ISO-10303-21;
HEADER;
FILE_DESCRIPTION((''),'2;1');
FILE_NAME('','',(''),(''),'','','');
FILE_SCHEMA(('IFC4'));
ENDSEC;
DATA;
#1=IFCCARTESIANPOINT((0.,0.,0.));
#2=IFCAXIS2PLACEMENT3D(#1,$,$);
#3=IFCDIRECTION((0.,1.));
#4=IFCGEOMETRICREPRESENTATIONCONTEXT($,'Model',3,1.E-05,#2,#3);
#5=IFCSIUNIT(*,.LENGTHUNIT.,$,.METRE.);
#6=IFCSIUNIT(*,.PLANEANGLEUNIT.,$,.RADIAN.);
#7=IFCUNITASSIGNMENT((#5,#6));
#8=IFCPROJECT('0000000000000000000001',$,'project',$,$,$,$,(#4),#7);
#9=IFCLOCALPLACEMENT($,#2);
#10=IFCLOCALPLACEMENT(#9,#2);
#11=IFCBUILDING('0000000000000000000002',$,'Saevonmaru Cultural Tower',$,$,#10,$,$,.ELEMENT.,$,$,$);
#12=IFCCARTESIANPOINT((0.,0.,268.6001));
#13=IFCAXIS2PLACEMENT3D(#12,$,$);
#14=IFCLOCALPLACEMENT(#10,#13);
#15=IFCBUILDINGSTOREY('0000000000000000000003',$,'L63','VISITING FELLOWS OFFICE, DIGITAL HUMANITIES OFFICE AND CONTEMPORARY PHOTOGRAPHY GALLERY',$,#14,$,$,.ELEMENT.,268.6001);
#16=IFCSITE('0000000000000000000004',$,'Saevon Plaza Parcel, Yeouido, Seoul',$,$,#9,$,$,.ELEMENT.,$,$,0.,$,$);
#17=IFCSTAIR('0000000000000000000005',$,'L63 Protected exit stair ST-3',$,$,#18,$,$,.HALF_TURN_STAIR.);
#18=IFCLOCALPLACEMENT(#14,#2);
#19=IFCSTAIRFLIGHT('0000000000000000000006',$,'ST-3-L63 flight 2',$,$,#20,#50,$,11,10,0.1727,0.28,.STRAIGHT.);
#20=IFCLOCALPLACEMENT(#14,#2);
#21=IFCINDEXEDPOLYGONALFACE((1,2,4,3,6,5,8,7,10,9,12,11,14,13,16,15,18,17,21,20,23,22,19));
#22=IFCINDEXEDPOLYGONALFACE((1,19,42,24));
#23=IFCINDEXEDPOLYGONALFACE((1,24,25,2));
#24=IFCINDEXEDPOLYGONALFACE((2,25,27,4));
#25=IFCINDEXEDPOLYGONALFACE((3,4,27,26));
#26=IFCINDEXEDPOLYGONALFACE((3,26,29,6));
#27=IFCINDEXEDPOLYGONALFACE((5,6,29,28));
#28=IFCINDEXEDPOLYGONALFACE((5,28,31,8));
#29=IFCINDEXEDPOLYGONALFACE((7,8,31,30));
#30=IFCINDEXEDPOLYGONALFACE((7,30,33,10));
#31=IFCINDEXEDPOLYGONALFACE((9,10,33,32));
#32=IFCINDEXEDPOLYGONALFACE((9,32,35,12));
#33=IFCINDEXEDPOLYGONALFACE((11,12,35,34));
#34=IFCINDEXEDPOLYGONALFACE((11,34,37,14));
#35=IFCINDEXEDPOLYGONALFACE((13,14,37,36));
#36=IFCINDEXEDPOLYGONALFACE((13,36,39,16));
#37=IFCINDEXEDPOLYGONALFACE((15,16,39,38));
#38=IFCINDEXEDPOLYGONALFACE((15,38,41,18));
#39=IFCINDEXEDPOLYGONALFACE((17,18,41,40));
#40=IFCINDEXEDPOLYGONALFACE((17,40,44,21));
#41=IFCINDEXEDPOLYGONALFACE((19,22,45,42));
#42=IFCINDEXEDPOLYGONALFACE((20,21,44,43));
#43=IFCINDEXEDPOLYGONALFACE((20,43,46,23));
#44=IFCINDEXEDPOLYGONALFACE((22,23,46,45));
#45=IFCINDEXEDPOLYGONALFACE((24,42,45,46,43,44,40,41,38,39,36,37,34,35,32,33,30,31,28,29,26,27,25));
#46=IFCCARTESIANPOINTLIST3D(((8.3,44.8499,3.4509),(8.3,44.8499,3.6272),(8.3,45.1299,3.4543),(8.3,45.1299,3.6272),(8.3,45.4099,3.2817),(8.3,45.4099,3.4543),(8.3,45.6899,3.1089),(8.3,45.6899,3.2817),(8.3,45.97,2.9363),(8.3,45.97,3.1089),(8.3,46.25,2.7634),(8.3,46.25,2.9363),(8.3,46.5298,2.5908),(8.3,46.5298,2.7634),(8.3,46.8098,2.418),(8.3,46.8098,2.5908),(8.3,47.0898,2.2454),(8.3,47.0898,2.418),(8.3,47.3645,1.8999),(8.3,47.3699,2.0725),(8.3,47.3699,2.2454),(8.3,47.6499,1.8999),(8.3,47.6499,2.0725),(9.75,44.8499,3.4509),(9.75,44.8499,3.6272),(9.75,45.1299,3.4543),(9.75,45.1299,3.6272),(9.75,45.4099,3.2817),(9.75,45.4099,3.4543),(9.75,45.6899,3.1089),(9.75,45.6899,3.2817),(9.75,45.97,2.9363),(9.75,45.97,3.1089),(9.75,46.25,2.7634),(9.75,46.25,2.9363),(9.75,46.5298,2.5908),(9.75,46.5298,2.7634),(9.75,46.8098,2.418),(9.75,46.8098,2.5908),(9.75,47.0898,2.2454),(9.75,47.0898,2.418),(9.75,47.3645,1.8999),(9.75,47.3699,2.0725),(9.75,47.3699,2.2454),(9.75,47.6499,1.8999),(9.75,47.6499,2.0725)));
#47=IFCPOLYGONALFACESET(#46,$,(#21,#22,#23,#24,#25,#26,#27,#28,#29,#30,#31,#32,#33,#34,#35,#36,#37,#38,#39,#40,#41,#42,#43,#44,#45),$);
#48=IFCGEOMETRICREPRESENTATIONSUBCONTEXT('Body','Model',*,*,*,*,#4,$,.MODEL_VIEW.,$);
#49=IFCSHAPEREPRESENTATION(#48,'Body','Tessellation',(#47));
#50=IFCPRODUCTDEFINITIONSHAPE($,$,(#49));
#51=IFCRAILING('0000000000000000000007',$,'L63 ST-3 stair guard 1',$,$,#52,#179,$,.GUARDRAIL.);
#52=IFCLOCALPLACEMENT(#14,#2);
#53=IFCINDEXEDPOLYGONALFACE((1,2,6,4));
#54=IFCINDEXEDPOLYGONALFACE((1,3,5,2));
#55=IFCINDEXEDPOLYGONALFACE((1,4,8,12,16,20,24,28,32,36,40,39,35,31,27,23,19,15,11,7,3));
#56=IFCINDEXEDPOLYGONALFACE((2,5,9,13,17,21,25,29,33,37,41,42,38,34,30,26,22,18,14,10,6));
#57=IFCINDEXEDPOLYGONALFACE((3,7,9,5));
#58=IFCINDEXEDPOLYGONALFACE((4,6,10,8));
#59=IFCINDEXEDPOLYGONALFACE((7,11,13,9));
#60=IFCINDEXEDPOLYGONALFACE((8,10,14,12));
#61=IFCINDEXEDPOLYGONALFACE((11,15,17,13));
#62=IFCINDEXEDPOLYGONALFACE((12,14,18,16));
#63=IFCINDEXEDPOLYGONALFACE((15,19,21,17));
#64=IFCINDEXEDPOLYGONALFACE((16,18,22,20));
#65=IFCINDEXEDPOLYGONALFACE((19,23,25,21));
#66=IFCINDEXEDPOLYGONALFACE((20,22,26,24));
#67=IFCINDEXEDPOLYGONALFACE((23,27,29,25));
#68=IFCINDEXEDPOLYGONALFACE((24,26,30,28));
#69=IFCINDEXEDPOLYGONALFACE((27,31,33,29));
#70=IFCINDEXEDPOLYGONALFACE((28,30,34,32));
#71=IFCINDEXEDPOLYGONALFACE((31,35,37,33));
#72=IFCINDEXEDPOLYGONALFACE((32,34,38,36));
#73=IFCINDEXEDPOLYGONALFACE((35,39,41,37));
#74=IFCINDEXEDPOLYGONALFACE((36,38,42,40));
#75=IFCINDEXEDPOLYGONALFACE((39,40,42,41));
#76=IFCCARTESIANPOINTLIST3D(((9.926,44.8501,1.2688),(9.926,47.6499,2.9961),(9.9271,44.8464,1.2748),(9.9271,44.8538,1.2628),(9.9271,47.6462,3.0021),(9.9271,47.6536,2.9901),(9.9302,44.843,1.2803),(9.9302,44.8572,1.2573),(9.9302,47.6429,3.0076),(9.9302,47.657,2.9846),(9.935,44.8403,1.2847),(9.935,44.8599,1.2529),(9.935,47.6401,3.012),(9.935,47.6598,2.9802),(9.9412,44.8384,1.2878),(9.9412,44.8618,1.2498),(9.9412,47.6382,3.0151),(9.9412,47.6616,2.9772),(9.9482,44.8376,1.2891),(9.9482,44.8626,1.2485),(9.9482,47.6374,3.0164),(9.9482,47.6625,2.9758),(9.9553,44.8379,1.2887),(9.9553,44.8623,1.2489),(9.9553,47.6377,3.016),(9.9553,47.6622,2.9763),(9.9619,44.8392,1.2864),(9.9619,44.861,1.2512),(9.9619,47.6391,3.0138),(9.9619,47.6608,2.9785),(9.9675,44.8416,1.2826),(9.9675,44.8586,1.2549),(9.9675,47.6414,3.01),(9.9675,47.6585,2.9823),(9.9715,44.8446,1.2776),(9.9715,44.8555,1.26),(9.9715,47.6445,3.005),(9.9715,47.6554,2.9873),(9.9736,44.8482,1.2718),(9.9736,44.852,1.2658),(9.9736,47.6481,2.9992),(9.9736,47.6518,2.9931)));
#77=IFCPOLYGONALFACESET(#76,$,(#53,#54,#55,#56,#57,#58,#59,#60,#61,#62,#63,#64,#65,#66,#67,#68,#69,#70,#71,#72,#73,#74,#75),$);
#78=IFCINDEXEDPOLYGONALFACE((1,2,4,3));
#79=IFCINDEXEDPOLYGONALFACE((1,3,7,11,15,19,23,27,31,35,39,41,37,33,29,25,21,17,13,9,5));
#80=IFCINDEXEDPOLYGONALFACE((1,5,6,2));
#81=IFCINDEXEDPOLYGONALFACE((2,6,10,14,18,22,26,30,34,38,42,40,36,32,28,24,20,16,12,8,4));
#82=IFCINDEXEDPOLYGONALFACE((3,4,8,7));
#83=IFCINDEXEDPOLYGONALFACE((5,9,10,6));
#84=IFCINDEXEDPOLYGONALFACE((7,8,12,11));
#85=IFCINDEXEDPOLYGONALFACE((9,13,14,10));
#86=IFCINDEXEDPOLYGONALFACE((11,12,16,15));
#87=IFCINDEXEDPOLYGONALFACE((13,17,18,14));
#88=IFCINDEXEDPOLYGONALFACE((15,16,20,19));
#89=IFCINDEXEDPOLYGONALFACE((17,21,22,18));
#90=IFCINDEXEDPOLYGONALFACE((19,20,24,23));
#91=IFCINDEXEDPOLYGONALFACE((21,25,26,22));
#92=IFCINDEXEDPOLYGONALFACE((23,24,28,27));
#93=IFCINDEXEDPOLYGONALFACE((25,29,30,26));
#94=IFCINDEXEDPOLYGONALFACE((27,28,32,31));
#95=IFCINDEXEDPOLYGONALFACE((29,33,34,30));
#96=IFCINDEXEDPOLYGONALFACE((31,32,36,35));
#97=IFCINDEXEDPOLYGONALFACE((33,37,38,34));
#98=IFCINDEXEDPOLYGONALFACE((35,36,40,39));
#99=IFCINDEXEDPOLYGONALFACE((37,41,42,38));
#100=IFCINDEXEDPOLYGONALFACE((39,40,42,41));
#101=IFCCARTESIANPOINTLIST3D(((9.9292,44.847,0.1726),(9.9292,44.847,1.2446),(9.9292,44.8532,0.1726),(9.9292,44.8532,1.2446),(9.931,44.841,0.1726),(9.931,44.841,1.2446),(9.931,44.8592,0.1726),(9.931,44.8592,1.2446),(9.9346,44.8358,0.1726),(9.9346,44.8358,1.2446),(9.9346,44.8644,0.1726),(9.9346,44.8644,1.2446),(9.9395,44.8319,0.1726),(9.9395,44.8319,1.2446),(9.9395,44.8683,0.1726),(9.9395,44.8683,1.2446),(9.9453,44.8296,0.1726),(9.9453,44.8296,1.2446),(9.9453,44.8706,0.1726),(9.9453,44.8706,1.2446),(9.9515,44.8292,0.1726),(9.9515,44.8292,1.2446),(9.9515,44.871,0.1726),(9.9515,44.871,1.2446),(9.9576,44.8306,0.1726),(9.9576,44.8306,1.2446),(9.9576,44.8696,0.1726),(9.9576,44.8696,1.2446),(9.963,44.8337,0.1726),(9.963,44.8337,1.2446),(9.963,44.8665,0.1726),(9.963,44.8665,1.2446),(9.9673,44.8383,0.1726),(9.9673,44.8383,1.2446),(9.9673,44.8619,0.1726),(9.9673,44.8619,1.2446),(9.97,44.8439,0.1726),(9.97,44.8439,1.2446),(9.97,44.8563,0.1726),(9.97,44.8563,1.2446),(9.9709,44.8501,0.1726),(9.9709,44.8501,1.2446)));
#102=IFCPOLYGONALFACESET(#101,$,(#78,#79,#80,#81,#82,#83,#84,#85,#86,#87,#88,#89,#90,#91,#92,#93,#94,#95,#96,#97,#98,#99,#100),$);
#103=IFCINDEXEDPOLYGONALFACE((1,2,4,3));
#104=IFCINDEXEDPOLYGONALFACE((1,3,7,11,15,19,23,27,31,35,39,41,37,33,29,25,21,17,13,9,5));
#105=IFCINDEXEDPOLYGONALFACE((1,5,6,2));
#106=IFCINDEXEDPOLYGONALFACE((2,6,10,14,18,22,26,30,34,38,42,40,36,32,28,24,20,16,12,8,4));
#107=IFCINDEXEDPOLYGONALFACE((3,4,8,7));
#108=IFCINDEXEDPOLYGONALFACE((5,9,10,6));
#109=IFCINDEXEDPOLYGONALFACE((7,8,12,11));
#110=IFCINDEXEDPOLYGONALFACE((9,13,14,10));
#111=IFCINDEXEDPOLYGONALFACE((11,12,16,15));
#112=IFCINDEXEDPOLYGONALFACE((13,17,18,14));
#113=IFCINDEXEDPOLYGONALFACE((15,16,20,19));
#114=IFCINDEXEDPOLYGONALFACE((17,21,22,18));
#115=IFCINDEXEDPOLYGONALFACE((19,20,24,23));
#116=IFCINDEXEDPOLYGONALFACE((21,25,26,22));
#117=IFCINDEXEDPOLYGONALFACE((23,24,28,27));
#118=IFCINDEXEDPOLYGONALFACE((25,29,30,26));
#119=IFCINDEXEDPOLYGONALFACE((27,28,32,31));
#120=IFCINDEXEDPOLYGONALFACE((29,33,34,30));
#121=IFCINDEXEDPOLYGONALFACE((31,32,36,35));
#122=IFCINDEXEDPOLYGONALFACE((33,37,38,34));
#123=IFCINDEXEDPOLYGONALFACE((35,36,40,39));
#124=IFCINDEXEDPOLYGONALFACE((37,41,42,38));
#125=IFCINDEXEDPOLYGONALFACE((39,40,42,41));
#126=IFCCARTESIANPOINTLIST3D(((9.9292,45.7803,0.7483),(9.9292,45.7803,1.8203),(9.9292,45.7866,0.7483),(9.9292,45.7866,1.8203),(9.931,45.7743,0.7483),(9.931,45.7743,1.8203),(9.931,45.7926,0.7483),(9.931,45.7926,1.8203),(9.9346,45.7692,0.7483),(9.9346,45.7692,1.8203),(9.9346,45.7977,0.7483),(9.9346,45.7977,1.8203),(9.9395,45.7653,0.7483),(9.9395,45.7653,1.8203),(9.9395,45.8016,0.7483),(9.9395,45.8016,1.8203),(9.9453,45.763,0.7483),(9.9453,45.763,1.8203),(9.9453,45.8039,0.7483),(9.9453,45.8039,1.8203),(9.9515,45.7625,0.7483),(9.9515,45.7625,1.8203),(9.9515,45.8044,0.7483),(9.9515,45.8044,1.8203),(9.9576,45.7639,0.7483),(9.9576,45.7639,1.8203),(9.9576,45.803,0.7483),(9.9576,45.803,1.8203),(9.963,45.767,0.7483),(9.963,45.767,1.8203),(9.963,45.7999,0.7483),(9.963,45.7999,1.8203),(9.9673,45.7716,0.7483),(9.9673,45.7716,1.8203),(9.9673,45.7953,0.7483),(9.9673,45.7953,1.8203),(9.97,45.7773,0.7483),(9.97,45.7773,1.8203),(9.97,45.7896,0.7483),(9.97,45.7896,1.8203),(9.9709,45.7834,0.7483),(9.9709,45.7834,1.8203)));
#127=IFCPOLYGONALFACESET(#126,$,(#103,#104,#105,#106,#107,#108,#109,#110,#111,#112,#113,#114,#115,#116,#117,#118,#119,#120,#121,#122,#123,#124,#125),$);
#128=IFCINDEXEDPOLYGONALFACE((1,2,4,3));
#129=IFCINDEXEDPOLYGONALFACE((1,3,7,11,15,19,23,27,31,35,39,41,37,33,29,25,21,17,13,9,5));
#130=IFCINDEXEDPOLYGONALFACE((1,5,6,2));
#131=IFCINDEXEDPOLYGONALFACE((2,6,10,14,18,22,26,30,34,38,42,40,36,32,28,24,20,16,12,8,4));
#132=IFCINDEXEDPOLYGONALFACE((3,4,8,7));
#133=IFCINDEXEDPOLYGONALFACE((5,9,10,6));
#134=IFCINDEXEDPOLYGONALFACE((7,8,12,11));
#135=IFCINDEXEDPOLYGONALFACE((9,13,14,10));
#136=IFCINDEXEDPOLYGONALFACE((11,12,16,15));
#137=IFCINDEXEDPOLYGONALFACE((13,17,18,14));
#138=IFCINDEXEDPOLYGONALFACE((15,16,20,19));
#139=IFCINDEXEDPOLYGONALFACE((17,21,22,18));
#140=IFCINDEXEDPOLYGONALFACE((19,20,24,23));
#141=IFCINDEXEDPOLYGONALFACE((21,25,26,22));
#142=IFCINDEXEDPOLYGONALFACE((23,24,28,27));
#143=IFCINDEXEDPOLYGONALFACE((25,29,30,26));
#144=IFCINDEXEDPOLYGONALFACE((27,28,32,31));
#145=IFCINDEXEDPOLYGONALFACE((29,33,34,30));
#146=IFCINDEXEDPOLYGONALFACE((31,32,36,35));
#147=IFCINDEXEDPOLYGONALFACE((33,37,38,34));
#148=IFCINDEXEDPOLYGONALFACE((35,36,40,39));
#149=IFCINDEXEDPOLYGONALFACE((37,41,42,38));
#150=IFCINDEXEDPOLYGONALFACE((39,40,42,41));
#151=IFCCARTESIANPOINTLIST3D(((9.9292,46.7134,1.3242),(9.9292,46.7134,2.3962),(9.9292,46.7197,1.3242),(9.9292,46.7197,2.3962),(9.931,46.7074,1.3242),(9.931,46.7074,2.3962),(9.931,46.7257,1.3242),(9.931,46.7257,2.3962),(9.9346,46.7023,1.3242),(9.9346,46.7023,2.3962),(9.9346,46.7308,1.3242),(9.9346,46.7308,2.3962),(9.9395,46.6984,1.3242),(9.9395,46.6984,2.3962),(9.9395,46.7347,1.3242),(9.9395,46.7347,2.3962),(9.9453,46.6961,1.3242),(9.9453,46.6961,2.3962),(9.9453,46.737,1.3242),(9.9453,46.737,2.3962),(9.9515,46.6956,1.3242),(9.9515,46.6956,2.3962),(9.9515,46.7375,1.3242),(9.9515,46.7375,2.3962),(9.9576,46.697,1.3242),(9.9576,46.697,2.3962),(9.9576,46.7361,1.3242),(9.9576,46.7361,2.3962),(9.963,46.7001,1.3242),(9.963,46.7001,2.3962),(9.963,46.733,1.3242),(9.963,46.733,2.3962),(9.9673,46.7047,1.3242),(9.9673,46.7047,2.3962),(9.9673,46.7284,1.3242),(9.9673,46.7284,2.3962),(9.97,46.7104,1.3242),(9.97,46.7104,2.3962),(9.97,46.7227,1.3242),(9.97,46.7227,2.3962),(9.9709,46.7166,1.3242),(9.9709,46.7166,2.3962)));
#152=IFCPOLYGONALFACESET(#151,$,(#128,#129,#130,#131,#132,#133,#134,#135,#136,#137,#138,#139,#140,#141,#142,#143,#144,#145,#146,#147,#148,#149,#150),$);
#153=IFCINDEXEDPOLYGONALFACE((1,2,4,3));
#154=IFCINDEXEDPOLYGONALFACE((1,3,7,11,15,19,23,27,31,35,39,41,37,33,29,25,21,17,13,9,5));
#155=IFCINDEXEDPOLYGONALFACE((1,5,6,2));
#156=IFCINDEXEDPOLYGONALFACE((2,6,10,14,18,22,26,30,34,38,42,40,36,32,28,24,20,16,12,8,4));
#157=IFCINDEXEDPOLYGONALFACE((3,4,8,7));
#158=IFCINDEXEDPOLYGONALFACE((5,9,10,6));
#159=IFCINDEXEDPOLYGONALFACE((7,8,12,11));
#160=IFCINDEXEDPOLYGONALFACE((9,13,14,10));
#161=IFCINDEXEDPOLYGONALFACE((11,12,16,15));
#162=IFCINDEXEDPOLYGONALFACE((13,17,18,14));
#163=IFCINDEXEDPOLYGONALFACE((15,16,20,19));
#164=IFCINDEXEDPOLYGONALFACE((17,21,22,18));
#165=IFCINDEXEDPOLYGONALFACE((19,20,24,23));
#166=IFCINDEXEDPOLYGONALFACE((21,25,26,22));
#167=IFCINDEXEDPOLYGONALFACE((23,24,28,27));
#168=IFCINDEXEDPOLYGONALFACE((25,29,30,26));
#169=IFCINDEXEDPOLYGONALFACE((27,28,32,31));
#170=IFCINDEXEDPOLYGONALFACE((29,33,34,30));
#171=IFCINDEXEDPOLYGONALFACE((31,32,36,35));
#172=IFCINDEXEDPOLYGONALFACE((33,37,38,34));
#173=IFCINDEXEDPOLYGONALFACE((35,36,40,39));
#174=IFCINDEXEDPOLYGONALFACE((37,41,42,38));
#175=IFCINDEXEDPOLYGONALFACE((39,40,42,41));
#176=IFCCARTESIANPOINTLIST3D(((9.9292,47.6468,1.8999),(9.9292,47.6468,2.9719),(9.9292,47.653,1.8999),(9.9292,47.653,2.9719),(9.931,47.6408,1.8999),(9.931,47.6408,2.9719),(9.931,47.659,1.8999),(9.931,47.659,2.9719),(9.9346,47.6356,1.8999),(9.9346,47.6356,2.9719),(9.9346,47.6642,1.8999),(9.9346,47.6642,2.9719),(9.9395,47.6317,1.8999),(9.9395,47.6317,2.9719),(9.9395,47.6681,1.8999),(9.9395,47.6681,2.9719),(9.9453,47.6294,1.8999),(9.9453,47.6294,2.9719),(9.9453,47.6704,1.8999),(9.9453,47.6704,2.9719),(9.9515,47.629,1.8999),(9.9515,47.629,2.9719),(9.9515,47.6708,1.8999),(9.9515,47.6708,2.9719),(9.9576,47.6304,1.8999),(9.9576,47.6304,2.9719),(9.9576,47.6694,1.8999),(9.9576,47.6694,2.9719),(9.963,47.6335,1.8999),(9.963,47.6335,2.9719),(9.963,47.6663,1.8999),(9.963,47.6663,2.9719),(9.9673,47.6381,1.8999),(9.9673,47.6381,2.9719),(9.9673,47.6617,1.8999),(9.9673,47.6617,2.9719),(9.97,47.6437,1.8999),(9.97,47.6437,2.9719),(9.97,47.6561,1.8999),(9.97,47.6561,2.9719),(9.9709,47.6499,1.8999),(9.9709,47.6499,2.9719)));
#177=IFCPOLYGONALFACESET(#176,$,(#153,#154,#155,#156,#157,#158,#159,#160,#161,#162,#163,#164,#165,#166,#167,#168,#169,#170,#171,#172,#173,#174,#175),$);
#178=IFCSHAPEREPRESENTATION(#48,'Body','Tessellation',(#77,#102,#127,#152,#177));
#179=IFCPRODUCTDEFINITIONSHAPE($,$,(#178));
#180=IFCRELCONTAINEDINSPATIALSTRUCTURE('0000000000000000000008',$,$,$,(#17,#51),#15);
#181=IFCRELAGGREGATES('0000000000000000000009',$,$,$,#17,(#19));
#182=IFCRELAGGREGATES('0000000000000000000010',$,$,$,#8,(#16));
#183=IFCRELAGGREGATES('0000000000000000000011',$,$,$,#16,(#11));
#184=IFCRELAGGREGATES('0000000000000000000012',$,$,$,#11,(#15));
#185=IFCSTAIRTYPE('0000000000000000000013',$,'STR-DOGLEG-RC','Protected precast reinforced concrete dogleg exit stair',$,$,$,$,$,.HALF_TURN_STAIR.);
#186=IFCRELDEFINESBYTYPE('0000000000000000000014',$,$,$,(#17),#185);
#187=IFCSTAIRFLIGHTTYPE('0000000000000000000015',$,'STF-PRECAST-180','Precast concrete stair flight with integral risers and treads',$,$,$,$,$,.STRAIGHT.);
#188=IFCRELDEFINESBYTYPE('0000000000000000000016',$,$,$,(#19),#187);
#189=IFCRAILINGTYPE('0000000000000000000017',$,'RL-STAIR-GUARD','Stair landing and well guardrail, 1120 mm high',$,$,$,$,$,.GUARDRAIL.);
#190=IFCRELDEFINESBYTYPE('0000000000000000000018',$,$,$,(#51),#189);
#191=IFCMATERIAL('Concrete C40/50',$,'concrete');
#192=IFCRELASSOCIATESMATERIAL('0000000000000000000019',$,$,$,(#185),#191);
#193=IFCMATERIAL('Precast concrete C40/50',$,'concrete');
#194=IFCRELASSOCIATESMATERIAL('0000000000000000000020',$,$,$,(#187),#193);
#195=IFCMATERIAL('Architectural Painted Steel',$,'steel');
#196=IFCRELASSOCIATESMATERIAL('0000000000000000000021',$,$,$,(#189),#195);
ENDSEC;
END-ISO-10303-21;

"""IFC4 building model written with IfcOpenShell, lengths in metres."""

from ifc_helpers import new_model, si_unit, direction, frame, origin, origin_2d, place, context, subcontext, project, spatial, polyline, circle, outline, extrude, material, type_object, element, aggregate, save


model = new_model("IFC4")

# Units and contexts
model_context = context("Model", 3, precision=1e-05, world=origin(), true_north=direction((0.0, 1.0)))
body_context = subcontext(model_context, "Body", "Model", "MODEL_VIEW")
ifc_project = project(units=[si_unit("LENGTHUNIT", "METRE"), si_unit("PLANEANGLEUNIT", "RADIAN")], contexts=[model_context])

# Site, building, storey
site_placement = place(None, origin())
site = spatial("IfcSite", under=ifc_project, at=site_placement, Name="Saevon Plaza Parcel, Yeouido, Seoul", CompositionType="ELEMENT", RefElevation=0.0)
building_placement = place(site_placement, origin())
building = spatial("IfcBuilding", under=site, at=building_placement, Name="Saevonmaru Cultural Tower", CompositionType="ELEMENT")
storey_placement = place(building_placement, frame((0.0, 0.0, 268.6001)))
storey = spatial("IfcBuildingStorey", under=building, at=storey_placement, Name="L63", Description="VISITING FELLOWS OFFICE, DIGITAL HUMANITIES OFFICE AND CONTEMPORARY PHOTOGRAPHY GALLERY", CompositionType="ELEMENT", Elevation=268.6001)

# Shared definitions
ifc_material_1 = material(Name="Concrete C40/50", Category="concrete")

# Stair, stair flight
stair_type = type_object("IfcStairType", Name="STR-DOGLEG-RC", Description="Protected precast reinforced concrete dogleg exit stair", PredefinedType="HALF_TURN_STAIR", material=ifc_material_1)
stair_placement = place(storey_placement, origin())
stair = element("IfcStair", 1, at=stair_placement, inside=storey, type_object=stair_type, Name="L63 Protected exit stair ST-3", PredefinedType="HALF_TURN_STAIR")
ifc_material_2 = material(Name="Precast concrete C40/50", Category="concrete")
stair_flight_type = type_object("IfcStairFlightType", Name="STF-PRECAST-180", Description="Precast concrete stair flight with integral risers and treads", PredefinedType="STRAIGHT", material=ifc_material_2)
stair_flight_1_placement = place(storey_placement, frame((9.0249, 47.6499, 1.8999), z_axis=(0.0, 0.0, 1.0), x_axis=(0.0, -1.0, 0.0)))
stair_flight_1 = element("IfcStairFlight", 2, at=stair_flight_1_placement, type_object=stair_flight_type, Name="ST-3-L63 flight 2", NumberOfRisers=11, NumberOfTreads=10, PredefinedType="STRAIGHT", RiserHeight=0.1727, TreadLength=0.28, context=body_context, shape_type="SweptSolid", body=[
    extrude(outline(polyline([(0.0, 0.0), (0.0, 0.1726), (0.28, 0.1726), (0.28, 0.3455), (0.5601, 0.3455), (0.5601, 0.5181), (0.8401, 0.5181), (0.8401, 0.6909), (1.1201, 0.6909), (1.1201, 0.8635), (1.3999, 0.8635), (1.3999, 1.0364), (1.6799, 1.0364), (1.6799, 1.209), (1.96, 1.209), (1.96, 1.3818), (2.24, 1.3818), (2.24, 1.5544), (2.52, 1.5544), (2.52, 1.7273), (2.8, 1.7273), (2.8, 1.8999), (2.8, 1.551), (0.2854, 0.0), (0.0, 0.0)])), frame((0.0, 0.7251, 0.0), z_axis=(0.0, -1.0, 0.0), x_axis=(1.0, 0.0, 0.0)), (0.0, 0.0, 1.0), 1.45),
])
aggregate(stair, [stair_flight_1])

# Railing
ifc_material_3 = material(Name="Architectural Painted Steel", Category="steel")
railing_type_1 = type_object("IfcRailingType", Name="RL-STAIR-GUARD", Description="Stair landing and well guardrail, 1120 mm high", PredefinedType="GUARDRAIL", material=ifc_material_3)
railing_1_placement = place(storey_placement, frame((9.95, 44.8501, 0.1726)))
element("IfcRailing", 3, at=railing_1_placement, inside=storey, type_object=railing_type_1, Name="L63 ST-3 stair guard 1", PredefinedType="GUARDRAIL", context=body_context, shape_type="SweptSolid", body=[
    extrude(circle(Radius=0.0239, at=origin_2d()), frame((0.0, 0.0, 1.0962), z_axis=(0.0, 0.851069, 0.525054), x_axis=(-1.0, 0.0, 0.0)), (0.0, 0.0, 1.0), 3.2898),
    extrude(circle(Radius=0.021, at=origin_2d()), origin(), (0.0, 0.0, 1.0), 1.072),
    extrude(circle(Radius=0.021, at=origin_2d()), frame((0.0, 0.9333, 0.5757)), (0.0, 0.0, 1.0), 1.072),
    extrude(circle(Radius=0.021, at=origin_2d()), frame((0.0, 1.8665, 1.1516)), (0.0, 0.0, 1.0), 1.072),
    extrude(circle(Radius=0.021, at=origin_2d()), frame((0.0, 2.7998, 1.7273)), (0.0, 0.0, 1.0), 1.072),
])

save(model, "model.ifc")
